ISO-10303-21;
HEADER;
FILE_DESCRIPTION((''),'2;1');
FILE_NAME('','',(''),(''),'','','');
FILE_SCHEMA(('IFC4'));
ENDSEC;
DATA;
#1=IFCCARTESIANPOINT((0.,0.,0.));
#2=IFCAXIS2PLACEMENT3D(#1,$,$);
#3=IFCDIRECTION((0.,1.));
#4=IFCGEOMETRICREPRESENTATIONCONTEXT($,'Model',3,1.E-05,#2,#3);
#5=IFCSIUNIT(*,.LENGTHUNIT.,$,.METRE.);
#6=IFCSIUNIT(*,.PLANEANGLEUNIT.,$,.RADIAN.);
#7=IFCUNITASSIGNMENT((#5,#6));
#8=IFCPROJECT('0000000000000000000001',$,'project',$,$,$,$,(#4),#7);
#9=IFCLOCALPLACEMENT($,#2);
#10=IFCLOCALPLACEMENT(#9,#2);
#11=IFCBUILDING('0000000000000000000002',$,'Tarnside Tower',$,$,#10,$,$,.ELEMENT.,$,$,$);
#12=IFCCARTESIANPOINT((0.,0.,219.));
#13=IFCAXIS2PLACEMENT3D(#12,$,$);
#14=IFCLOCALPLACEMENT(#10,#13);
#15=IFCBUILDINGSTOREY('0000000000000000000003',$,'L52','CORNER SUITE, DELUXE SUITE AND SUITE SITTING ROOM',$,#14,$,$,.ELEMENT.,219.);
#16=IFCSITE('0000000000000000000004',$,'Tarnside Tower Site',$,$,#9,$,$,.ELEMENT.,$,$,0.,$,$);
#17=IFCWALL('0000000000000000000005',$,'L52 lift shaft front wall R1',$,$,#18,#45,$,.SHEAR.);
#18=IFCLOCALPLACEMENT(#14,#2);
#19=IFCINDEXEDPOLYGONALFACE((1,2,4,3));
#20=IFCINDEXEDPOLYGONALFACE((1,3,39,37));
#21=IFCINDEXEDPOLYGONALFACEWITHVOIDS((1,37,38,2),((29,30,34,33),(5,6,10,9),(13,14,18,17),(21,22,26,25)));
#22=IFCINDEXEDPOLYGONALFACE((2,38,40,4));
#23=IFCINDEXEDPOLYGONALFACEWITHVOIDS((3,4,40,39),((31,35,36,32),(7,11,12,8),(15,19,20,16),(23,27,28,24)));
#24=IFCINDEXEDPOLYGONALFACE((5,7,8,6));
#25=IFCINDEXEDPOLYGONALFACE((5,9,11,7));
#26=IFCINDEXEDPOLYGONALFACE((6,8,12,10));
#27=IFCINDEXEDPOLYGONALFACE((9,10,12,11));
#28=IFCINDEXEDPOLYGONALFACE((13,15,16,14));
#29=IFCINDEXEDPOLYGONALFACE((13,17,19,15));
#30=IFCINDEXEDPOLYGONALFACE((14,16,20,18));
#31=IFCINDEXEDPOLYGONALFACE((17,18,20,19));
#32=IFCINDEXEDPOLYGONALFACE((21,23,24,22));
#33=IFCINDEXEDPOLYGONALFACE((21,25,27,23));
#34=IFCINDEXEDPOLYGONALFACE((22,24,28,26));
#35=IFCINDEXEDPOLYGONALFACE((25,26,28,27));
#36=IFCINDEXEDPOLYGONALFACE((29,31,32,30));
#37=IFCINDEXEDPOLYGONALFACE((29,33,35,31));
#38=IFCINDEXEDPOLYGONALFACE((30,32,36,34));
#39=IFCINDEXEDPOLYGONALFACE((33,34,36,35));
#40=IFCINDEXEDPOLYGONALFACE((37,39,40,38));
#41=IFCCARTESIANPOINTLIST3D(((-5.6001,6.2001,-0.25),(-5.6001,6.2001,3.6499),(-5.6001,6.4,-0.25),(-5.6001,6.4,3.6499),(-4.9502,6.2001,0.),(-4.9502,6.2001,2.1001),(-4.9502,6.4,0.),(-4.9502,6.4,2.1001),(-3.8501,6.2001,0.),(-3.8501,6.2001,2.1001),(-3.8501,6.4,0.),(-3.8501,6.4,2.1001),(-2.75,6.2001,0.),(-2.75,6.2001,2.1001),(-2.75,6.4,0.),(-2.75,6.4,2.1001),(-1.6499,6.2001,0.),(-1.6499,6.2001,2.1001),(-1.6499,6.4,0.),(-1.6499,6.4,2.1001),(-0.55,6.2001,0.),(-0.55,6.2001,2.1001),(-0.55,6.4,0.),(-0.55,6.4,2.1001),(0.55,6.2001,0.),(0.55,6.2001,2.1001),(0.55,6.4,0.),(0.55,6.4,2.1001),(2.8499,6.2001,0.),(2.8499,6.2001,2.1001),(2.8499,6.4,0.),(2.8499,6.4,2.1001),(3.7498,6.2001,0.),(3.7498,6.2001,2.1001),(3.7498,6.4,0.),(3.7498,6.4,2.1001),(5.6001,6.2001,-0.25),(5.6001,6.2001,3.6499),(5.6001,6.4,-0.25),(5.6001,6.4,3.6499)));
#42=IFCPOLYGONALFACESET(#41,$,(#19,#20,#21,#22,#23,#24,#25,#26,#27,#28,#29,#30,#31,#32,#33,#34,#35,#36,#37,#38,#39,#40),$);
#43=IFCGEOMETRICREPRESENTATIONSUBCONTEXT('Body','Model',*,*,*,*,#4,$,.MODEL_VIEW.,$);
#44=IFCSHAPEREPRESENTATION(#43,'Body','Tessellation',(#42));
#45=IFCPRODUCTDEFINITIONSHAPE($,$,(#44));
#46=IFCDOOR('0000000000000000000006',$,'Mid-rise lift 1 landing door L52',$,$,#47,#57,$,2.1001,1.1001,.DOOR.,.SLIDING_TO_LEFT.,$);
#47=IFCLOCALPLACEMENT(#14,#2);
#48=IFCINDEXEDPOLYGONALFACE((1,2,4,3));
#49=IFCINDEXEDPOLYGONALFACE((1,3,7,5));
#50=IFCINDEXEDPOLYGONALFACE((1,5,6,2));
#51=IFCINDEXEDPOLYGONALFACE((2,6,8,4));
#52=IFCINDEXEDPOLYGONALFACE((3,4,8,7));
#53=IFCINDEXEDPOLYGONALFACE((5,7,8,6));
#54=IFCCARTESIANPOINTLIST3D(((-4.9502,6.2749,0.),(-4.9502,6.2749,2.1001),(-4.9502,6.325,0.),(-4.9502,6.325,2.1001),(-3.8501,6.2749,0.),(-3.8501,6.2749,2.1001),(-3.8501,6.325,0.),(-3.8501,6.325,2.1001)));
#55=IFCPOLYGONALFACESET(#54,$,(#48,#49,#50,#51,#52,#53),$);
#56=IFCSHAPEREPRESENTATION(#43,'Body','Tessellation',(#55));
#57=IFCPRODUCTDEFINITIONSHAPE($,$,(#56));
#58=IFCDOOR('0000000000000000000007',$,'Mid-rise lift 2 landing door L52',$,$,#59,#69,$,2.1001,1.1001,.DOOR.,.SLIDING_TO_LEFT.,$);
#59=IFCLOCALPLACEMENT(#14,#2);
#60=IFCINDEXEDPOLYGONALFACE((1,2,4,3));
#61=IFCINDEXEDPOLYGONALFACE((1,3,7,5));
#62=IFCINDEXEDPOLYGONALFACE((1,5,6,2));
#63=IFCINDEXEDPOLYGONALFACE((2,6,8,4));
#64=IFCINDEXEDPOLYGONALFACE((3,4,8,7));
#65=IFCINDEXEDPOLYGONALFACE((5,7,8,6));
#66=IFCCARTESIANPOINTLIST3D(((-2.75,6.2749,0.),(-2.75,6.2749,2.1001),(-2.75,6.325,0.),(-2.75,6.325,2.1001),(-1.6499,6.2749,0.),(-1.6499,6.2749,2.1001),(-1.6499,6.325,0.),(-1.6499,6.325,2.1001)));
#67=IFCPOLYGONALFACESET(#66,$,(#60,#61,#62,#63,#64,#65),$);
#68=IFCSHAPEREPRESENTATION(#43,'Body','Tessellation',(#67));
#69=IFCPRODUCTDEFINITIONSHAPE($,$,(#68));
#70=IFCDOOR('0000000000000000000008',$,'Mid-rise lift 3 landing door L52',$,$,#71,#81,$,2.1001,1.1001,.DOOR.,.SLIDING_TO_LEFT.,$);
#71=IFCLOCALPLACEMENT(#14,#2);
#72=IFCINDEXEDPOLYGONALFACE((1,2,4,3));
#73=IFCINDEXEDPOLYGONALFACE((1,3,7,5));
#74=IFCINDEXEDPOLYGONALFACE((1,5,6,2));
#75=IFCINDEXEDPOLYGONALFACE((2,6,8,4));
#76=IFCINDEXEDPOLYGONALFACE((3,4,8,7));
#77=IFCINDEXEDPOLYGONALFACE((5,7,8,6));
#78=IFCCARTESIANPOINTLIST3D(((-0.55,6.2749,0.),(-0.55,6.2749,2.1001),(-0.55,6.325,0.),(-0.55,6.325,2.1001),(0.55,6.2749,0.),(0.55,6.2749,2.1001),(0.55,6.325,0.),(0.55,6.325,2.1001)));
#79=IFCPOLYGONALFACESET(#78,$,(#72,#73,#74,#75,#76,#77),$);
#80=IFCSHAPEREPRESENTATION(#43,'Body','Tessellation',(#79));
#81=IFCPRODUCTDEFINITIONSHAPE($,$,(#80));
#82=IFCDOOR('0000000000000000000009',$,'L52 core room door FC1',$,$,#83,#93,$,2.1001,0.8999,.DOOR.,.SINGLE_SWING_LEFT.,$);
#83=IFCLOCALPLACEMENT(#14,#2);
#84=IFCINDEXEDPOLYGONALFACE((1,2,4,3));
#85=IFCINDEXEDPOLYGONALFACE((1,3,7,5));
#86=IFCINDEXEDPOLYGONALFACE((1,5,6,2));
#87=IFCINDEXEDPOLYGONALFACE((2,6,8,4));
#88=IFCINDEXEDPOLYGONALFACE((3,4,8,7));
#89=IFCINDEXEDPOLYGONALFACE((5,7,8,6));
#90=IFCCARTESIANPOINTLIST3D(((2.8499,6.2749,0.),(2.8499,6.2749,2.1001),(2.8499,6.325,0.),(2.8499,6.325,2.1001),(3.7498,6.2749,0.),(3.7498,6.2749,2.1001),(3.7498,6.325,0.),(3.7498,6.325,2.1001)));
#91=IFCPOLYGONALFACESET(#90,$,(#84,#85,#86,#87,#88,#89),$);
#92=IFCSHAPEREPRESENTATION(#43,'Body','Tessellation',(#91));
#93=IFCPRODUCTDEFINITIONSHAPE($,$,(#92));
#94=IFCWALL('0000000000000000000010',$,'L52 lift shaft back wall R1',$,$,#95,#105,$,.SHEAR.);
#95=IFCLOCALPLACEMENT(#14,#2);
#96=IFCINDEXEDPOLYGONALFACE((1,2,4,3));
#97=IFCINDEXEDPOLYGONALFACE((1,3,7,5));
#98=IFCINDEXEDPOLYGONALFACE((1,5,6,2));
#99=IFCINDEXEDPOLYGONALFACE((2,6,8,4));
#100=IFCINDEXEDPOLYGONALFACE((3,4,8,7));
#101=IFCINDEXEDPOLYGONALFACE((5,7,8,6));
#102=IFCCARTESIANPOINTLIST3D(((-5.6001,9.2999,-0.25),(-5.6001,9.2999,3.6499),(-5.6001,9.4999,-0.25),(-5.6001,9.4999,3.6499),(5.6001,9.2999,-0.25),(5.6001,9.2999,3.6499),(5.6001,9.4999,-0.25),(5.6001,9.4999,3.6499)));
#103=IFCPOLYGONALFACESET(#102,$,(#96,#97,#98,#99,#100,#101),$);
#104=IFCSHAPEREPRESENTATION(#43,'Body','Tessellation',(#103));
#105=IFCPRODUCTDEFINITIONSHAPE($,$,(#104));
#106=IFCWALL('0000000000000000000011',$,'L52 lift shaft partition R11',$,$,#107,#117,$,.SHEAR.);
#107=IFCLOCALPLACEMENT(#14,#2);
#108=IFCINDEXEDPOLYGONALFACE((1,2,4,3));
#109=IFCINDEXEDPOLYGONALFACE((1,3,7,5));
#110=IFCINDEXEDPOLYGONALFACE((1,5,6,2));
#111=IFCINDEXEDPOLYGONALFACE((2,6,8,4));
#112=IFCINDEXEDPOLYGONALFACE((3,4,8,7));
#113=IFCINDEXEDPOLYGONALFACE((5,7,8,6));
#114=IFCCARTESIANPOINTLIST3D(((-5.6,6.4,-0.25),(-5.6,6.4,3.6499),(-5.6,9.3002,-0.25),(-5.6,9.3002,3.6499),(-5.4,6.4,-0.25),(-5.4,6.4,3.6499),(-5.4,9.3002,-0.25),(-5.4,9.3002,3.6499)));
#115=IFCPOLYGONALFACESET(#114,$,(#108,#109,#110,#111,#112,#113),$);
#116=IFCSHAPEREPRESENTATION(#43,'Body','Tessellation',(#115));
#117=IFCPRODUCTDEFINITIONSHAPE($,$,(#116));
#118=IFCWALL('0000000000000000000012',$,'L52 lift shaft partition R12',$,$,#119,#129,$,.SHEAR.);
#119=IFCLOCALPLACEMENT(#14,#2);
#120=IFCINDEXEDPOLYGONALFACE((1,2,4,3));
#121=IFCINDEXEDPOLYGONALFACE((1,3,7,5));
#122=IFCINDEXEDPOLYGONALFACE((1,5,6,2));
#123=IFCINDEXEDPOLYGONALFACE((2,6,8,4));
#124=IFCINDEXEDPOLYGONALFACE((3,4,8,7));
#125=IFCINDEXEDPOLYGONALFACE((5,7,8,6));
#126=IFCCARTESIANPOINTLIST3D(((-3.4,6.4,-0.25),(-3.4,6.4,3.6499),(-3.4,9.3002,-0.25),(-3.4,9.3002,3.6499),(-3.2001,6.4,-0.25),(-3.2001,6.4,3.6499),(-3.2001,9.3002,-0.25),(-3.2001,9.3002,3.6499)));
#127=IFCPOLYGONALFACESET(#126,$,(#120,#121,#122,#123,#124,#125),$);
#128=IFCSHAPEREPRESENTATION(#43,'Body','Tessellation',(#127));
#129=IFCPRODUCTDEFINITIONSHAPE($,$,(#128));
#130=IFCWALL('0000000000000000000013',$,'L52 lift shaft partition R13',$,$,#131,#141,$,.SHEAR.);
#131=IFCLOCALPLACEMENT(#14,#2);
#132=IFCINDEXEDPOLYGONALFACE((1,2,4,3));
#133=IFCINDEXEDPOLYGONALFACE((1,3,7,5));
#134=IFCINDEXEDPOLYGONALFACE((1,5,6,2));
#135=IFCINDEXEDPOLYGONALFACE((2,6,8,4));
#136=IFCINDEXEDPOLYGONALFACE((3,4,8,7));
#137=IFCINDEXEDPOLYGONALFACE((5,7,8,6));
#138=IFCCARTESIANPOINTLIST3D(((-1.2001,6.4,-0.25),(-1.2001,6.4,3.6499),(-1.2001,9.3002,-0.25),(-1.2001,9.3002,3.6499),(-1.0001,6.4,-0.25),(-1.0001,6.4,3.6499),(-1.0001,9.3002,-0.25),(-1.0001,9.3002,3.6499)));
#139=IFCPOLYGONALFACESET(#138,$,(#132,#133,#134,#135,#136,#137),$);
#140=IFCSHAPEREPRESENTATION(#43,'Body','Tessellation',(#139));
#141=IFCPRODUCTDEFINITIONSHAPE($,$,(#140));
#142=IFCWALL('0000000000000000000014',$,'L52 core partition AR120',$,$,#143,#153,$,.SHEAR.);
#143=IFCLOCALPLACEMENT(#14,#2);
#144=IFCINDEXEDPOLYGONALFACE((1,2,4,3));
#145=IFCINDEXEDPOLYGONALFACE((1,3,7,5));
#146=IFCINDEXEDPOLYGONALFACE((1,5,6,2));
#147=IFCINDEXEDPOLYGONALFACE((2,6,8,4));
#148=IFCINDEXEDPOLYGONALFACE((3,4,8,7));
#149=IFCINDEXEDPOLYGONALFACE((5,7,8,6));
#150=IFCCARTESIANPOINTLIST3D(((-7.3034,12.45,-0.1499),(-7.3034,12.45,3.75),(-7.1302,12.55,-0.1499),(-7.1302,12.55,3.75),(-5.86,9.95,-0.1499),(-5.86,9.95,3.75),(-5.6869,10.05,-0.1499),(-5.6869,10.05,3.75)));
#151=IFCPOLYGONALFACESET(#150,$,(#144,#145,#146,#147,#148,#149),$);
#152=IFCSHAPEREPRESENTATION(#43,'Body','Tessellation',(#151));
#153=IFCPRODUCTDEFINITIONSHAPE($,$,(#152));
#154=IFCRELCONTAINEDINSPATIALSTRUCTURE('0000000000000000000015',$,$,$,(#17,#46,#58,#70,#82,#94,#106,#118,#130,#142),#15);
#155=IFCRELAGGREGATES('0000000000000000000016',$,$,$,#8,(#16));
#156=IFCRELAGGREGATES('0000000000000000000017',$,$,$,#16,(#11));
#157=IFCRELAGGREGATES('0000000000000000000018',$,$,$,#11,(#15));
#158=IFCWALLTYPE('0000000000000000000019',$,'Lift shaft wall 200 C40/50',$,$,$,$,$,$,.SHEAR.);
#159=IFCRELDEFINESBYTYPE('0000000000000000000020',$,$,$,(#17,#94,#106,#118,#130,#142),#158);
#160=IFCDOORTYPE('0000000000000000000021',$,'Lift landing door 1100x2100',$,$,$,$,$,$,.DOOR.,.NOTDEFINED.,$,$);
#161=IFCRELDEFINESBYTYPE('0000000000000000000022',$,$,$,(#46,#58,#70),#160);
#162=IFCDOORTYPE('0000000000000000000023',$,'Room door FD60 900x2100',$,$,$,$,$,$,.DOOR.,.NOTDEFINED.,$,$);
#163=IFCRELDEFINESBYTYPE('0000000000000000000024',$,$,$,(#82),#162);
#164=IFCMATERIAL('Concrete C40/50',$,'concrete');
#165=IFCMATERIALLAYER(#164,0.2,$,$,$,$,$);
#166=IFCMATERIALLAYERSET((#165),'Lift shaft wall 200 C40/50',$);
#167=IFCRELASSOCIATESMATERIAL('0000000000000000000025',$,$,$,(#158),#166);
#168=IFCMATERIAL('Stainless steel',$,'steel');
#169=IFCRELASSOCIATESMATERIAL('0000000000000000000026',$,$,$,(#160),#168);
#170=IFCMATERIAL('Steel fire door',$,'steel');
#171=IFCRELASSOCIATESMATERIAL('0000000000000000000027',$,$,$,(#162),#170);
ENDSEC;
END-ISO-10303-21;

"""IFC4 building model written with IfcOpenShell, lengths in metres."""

from ifc_helpers import new_model, si_unit, direction, frame, frame_2d, origin, place, context, subcontext, project, spatial, rectangle, extrude, material, layer, layer_set, type_object, element, fill, save


model = new_model("IFC4")

# Units and contexts
model_context = context("Model", 3, precision=1e-05, world=origin(), true_north=direction((0.0, 1.0)))
body_context = subcontext(model_context, "Body", "Model", "MODEL_VIEW")
ifc_project = project(units=[si_unit("LENGTHUNIT", "METRE"), si_unit("PLANEANGLEUNIT", "RADIAN")], contexts=[model_context])

# Site, building, storey
site_placement = place(None, origin())
site = spatial("IfcSite", under=ifc_project, at=site_placement, Name="Tarnside Tower Site", CompositionType="ELEMENT", RefElevation=0.0)
building_placement = place(site_placement, origin())
building = spatial("IfcBuilding", under=site, at=building_placement, Name="Tarnside Tower", CompositionType="ELEMENT")
storey_placement = place(building_placement, frame((0.0, 0.0, 219.0)))
storey = spatial("IfcBuildingStorey", under=building, at=storey_placement, Name="L52", Description="CORNER SUITE, DELUXE SUITE AND SUITE SITTING ROOM", CompositionType="ELEMENT", Elevation=219.0)

# Shared definitions
ifc_material_1 = material(Name="Steel fire door", Category="steel")

# Wall, openings, doors
ifc_material_2 = material(Name="Concrete C40/50", Category="concrete")
ifc_layer_1 = layer(ifc_material_2, 0.2)
ifc_layer_set_1 = layer_set([ifc_layer_1], Name="Lift shaft wall 200 C40/50")
wall_type_1 = type_object("IfcWallType", Name="Lift shaft wall 200 C40/50", PredefinedType="SHEAR", material=ifc_layer_set_1)
wall_1_placement = place(storey_placement, frame((-5.6001, 6.3, -0.25), z_axis=(0.0, 0.0, 1.0), x_axis=(1.0, 0.0, 0.0)))
wall_1 = element("IfcWall", 1, at=wall_1_placement, inside=storey, type_object=wall_type_1, Name="L52 lift shaft front wall R1", PredefinedType="SHEAR", context=body_context, shape_type="SweptSolid", body=[
    extrude(rectangle(XDim=11.2002, YDim=0.2, at=frame_2d((5.6001, 0.0))), origin(), (0.0, 0.0, 1.0), 3.8999),
])
opening_1_placement = place(wall_1_placement, frame((8.45, 0.0, 0.25)))
opening_1 = element("IfcOpeningElement", 2, at=opening_1_placement, cuts=wall_1, PredefinedType="OPENING", context=body_context, shape_type="SweptSolid", body=[
    extrude(rectangle(XDim=0.8999, YDim=2.1001, at=frame_2d((0.45, 1.05))), frame((0.0, 0.1099, 0.0), z_axis=(0.0, -1.0, 0.0), x_axis=(1.0, 0.0, 0.0)), (0.0, 0.0, 1.0), 0.22),
])
opening_2_placement = place(wall_1_placement, frame((0.6499, 0.0, 0.25)))
opening_2 = element("IfcOpeningElement", 3, at=opening_2_placement, cuts=wall_1, PredefinedType="OPENING", context=body_context, shape_type="SweptSolid", body=[
    extrude(rectangle(XDim=1.1001, YDim=2.1001, at=frame_2d((0.55, 1.05))), frame((0.0, 0.1099, 0.0), z_axis=(0.0, -1.0, 0.0), x_axis=(1.0, 0.0, 0.0)), (0.0, 0.0, 1.0), 0.22),
])
opening_3_placement = place(wall_1_placement, frame((2.8501, 0.0, 0.25)))
opening_3 = element("IfcOpeningElement", 4, at=opening_3_placement, cuts=wall_1, PredefinedType="OPENING", context=body_context, shape_type="SweptSolid", body=[
    extrude(rectangle(XDim=1.1001, YDim=2.1001, at=frame_2d((0.55, 1.05))), frame((0.0, 0.1099, 0.0), z_axis=(0.0, -1.0, 0.0), x_axis=(1.0, 0.0, 0.0)), (0.0, 0.0, 1.0), 0.22),
])
opening_4_placement = place(wall_1_placement, frame((5.05, 0.0, 0.25)))
opening_4 = element("IfcOpeningElement", 5, at=opening_4_placement, cuts=wall_1, PredefinedType="OPENING", context=body_context, shape_type="SweptSolid", body=[
    extrude(rectangle(XDim=1.1001, YDim=2.1001, at=frame_2d((0.55, 1.05))), frame((0.0, 0.1099, 0.0), z_axis=(0.0, -1.0, 0.0), x_axis=(1.0, 0.0, 0.0)), (0.0, 0.0, 1.0), 0.22),
])
ifc_material_3 = material(Name="Stainless steel", Category="steel")
door_type_1 = type_object("IfcDoorType", Name="Lift landing door 1100x2100", OperationType="NOTDEFINED", PredefinedType="DOOR", material=ifc_material_3)
door_1_placement = place(opening_2_placement, origin())
door_1 = element("IfcDoor", 6, at=door_1_placement, inside=storey, type_object=door_type_1, Name="Mid-rise lift 1 landing door L52", OperationType="SLIDING_TO_LEFT", OverallHeight=2.1001, OverallWidth=1.1001, PredefinedType="DOOR", context=body_context, shape_type="SweptSolid", body=[
    extrude(rectangle(XDim=1.1001, YDim=2.1001, at=frame_2d((0.55, 1.05))), frame((0.0, 0.0249, 0.0), z_axis=(0.0, -1.0, 0.0), x_axis=(1.0, 0.0, 0.0)), (0.0, 0.0, 1.0), 0.05),
])
fill(opening_2, door_1)
door_2_placement = place(opening_3_placement, origin())
door_2 = element("IfcDoor", 7, at=door_2_placement, inside=storey, type_object=door_type_1, Name="Mid-rise lift 2 landing door L52", OperationType="SLIDING_TO_LEFT", OverallHeight=2.1001, OverallWidth=1.1001, PredefinedType="DOOR", context=body_context, shape_type="SweptSolid", body=[
    extrude(rectangle(XDim=1.1001, YDim=2.1001, at=frame_2d((0.55, 1.05))), frame((0.0, 0.0249, 0.0), z_axis=(0.0, -1.0, 0.0), x_axis=(1.0, 0.0, 0.0)), (0.0, 0.0, 1.0), 0.05),
])
fill(opening_3, door_2)
door_3_placement = place(opening_4_placement, origin())
door_3 = element("IfcDoor", 8, at=door_3_placement, inside=storey, type_object=door_type_1, Name="Mid-rise lift 3 landing door L52", OperationType="SLIDING_TO_LEFT", OverallHeight=2.1001, OverallWidth=1.1001, PredefinedType="DOOR", context=body_context, shape_type="SweptSolid", body=[
    extrude(rectangle(XDim=1.1001, YDim=2.1001, at=frame_2d((0.55, 1.05))), frame((0.0, 0.0249, 0.0), z_axis=(0.0, -1.0, 0.0), x_axis=(1.0, 0.0, 0.0)), (0.0, 0.0, 1.0), 0.05),
])
fill(opening_4, door_3)
door_type_2 = type_object("IfcDoorType", Name="Room door FD60 900x2100", OperationType="NOTDEFINED", PredefinedType="DOOR", material=ifc_material_1)
door_4_placement = place(opening_1_placement, origin())
door_4 = element("IfcDoor", 9, at=door_4_placement, inside=storey, type_object=door_type_2, Name="L52 core room door FC1", OperationType="SINGLE_SWING_LEFT", OverallHeight=2.1001, OverallWidth=0.8999, PredefinedType="DOOR", context=body_context, shape_type="SweptSolid", body=[
    extrude(rectangle(XDim=0.8999, YDim=2.1001, at=frame_2d((0.45, 1.05))), frame((0.0, 0.0249, 0.0), z_axis=(0.0, -1.0, 0.0), x_axis=(1.0, 0.0, 0.0)), (0.0, 0.0, 1.0), 0.05),
])
fill(opening_1, door_4)

# Walls
wall_2_placement = place(storey_placement, frame((-5.6001, 9.3999, -0.25), z_axis=(0.0, 0.0, 1.0), x_axis=(1.0, 0.0, 0.0)))
element("IfcWall", 10, at=wall_2_placement, inside=storey, type_object=wall_type_1, Name="L52 lift shaft back wall R1", PredefinedType="SHEAR", context=body_context, shape_type="SweptSolid", body=[
    extrude(rectangle(XDim=11.2002, YDim=0.2, at=frame_2d((5.6001, 0.0))), origin(), (0.0, 0.0, 1.0), 3.8999),
])
for number, where, z_axis, x_axis, name in (
    (11, (-5.5, 6.3999, -0.25), (0.0, 0.0, 1.0), (0.0, 1.0, 0.0), "L52 lift shaft partition R11"),
    (12, (-3.3, 6.3999, -0.25), (0.0, 0.0, 1.0), (0.0, 1.0, 0.0), "L52 lift shaft partition R12"),
    (13, (-1.1001, 6.3999, -0.25), (0.0, 0.0, 1.0), (0.0, 1.0, 0.0), "L52 lift shaft partition R13"),
):
    element("IfcWall", number, at=place(storey_placement, frame(where, z_axis=z_axis, x_axis=x_axis)), inside=storey, type_object=wall_type_1, Name=name, PredefinedType="SHEAR", context=body_context, shape_type="SweptSolid", body=[
        extrude(rectangle(XDim=2.9001, YDim=0.2, at=frame_2d((1.4502, 0.0))), origin(), (0.0, 0.0, 1.0), 3.8999),
    ])
wall_3_placement = place(storey_placement, frame((-5.7734, 10.0, -0.1499), z_axis=(0.0, 0.0, 1.0), x_axis=(-0.499996, 0.866028, 0.0)))
element("IfcWall", 14, at=wall_3_placement, inside=storey, type_object=wall_type_1, Name="L52 core partition AR120", PredefinedType="SHEAR", context=body_context, shape_type="SweptSolid", body=[
    extrude(rectangle(XDim=2.8867, YDim=0.2, at=frame_2d((1.4434, 0.0))), origin(), (0.0, 0.0, 1.0), 3.8999),
])

save(model, "model.ifc")
